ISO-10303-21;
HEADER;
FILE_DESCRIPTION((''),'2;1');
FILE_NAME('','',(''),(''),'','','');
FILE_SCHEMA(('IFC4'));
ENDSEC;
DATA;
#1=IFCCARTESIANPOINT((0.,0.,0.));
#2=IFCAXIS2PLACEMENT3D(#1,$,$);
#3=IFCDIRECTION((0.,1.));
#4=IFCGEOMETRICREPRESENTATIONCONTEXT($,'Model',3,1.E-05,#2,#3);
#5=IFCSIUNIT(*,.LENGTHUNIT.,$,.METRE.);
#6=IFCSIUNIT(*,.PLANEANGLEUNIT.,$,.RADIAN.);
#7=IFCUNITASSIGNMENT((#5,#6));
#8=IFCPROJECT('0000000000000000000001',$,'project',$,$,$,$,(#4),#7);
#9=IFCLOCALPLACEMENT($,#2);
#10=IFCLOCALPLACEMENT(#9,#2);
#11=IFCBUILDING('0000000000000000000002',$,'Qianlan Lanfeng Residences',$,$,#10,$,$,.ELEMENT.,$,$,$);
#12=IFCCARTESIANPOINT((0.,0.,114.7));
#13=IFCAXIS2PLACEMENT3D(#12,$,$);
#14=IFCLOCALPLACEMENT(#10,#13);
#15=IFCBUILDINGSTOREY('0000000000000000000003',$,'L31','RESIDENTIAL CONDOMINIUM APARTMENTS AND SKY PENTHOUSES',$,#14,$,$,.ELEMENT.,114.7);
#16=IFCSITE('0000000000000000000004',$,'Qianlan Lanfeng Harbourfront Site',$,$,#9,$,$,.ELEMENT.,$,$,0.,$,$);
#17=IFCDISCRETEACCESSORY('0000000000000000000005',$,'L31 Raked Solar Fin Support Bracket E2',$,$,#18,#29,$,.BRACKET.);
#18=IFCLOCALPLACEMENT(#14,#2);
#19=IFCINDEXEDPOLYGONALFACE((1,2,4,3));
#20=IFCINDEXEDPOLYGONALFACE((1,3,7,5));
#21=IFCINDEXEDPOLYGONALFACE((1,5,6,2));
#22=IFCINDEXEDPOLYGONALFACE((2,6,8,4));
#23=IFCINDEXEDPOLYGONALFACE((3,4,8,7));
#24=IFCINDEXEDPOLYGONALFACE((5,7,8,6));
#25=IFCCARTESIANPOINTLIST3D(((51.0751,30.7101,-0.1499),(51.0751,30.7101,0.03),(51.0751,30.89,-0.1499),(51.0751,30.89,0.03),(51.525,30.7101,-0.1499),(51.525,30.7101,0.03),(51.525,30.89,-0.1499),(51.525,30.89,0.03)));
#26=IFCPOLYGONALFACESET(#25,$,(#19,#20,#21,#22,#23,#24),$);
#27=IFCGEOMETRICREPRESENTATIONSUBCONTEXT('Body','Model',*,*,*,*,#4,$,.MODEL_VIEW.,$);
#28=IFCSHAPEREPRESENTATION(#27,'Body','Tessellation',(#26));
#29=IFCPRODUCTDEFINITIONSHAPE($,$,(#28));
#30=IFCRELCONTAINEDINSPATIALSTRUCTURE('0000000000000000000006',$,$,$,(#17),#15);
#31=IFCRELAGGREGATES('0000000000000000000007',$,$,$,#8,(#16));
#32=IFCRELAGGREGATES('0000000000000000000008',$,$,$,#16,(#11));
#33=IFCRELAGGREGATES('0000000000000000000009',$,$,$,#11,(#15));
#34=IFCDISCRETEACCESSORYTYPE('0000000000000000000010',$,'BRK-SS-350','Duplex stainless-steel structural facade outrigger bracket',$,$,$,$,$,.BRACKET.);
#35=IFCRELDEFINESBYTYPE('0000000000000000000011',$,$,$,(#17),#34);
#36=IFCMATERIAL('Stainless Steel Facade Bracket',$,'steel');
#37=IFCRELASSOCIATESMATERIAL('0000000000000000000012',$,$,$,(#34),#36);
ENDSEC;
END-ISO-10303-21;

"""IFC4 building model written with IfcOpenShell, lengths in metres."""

from ifc_helpers import new_model, si_unit, direction, frame, origin, origin_2d, place, context, subcontext, project, spatial, rectangle, extrude, source, transform, mapped, material, type_object, element, save


model = new_model("IFC4")

# Units and contexts
model_context = context("Model", 3, precision=1e-05, world=origin(), true_north=direction((0.0, 1.0)))
body_context = subcontext(model_context, "Body", "Model", "MODEL_VIEW")
ifc_project = project(units=[si_unit("LENGTHUNIT", "METRE"), si_unit("PLANEANGLEUNIT", "RADIAN")], contexts=[model_context])

# Site, building, storey
site_placement = place(None, origin())
site = spatial("IfcSite", under=ifc_project, at=site_placement, Name="Qianlan Lanfeng Harbourfront Site", CompositionType="ELEMENT", RefElevation=0.0)
building_placement = place(site_placement, origin())
building = spatial("IfcBuilding", under=site, at=building_placement, Name="Qianlan Lanfeng Residences", CompositionType="ELEMENT")
storey_placement = place(building_placement, frame((0.0, 0.0, 114.7)))
storey = spatial("IfcBuildingStorey", under=building, at=storey_placement, Name="L31", Description="RESIDENTIAL CONDOMINIUM APARTMENTS AND SKY PENTHOUSES", CompositionType="ELEMENT", Elevation=114.7)

# Discrete accessory
ifc_material_1 = material(Name="Stainless Steel Facade Bracket", Category="steel")
discrete_accessory_type = type_object("IfcDiscreteAccessoryType", Name="BRK-SS-350", Description="Duplex stainless-steel structural facade outrigger bracket", PredefinedType="BRACKET", material=ifc_material_1)
shared_shape_1 = source(origin(), body_context, "Body", "SweptSolid", [
    extrude(rectangle(XDim=0.45, YDim=0.1799, at=origin_2d()), origin(), (0.0, 0.0, 1.0), 0.1799),
])
discrete_accessory_placement = place(storey_placement, frame((51.3, 30.8, -0.1499), z_axis=(0.0, 0.0, 1.0), x_axis=(1.0, 0.0, 0.0)))
element("IfcDiscreteAccessory", 1, at=discrete_accessory_placement, inside=storey, type_object=discrete_accessory_type, Name="L31 Raked Solar Fin Support Bracket E2", PredefinedType="BRACKET", context=body_context, shape_type="MappedRepresentation", body=[
    mapped(shared_shape_1, transform((0.0, 0.0, 0.0), scale=1.0)),
])

save(model, "model.ifc")
